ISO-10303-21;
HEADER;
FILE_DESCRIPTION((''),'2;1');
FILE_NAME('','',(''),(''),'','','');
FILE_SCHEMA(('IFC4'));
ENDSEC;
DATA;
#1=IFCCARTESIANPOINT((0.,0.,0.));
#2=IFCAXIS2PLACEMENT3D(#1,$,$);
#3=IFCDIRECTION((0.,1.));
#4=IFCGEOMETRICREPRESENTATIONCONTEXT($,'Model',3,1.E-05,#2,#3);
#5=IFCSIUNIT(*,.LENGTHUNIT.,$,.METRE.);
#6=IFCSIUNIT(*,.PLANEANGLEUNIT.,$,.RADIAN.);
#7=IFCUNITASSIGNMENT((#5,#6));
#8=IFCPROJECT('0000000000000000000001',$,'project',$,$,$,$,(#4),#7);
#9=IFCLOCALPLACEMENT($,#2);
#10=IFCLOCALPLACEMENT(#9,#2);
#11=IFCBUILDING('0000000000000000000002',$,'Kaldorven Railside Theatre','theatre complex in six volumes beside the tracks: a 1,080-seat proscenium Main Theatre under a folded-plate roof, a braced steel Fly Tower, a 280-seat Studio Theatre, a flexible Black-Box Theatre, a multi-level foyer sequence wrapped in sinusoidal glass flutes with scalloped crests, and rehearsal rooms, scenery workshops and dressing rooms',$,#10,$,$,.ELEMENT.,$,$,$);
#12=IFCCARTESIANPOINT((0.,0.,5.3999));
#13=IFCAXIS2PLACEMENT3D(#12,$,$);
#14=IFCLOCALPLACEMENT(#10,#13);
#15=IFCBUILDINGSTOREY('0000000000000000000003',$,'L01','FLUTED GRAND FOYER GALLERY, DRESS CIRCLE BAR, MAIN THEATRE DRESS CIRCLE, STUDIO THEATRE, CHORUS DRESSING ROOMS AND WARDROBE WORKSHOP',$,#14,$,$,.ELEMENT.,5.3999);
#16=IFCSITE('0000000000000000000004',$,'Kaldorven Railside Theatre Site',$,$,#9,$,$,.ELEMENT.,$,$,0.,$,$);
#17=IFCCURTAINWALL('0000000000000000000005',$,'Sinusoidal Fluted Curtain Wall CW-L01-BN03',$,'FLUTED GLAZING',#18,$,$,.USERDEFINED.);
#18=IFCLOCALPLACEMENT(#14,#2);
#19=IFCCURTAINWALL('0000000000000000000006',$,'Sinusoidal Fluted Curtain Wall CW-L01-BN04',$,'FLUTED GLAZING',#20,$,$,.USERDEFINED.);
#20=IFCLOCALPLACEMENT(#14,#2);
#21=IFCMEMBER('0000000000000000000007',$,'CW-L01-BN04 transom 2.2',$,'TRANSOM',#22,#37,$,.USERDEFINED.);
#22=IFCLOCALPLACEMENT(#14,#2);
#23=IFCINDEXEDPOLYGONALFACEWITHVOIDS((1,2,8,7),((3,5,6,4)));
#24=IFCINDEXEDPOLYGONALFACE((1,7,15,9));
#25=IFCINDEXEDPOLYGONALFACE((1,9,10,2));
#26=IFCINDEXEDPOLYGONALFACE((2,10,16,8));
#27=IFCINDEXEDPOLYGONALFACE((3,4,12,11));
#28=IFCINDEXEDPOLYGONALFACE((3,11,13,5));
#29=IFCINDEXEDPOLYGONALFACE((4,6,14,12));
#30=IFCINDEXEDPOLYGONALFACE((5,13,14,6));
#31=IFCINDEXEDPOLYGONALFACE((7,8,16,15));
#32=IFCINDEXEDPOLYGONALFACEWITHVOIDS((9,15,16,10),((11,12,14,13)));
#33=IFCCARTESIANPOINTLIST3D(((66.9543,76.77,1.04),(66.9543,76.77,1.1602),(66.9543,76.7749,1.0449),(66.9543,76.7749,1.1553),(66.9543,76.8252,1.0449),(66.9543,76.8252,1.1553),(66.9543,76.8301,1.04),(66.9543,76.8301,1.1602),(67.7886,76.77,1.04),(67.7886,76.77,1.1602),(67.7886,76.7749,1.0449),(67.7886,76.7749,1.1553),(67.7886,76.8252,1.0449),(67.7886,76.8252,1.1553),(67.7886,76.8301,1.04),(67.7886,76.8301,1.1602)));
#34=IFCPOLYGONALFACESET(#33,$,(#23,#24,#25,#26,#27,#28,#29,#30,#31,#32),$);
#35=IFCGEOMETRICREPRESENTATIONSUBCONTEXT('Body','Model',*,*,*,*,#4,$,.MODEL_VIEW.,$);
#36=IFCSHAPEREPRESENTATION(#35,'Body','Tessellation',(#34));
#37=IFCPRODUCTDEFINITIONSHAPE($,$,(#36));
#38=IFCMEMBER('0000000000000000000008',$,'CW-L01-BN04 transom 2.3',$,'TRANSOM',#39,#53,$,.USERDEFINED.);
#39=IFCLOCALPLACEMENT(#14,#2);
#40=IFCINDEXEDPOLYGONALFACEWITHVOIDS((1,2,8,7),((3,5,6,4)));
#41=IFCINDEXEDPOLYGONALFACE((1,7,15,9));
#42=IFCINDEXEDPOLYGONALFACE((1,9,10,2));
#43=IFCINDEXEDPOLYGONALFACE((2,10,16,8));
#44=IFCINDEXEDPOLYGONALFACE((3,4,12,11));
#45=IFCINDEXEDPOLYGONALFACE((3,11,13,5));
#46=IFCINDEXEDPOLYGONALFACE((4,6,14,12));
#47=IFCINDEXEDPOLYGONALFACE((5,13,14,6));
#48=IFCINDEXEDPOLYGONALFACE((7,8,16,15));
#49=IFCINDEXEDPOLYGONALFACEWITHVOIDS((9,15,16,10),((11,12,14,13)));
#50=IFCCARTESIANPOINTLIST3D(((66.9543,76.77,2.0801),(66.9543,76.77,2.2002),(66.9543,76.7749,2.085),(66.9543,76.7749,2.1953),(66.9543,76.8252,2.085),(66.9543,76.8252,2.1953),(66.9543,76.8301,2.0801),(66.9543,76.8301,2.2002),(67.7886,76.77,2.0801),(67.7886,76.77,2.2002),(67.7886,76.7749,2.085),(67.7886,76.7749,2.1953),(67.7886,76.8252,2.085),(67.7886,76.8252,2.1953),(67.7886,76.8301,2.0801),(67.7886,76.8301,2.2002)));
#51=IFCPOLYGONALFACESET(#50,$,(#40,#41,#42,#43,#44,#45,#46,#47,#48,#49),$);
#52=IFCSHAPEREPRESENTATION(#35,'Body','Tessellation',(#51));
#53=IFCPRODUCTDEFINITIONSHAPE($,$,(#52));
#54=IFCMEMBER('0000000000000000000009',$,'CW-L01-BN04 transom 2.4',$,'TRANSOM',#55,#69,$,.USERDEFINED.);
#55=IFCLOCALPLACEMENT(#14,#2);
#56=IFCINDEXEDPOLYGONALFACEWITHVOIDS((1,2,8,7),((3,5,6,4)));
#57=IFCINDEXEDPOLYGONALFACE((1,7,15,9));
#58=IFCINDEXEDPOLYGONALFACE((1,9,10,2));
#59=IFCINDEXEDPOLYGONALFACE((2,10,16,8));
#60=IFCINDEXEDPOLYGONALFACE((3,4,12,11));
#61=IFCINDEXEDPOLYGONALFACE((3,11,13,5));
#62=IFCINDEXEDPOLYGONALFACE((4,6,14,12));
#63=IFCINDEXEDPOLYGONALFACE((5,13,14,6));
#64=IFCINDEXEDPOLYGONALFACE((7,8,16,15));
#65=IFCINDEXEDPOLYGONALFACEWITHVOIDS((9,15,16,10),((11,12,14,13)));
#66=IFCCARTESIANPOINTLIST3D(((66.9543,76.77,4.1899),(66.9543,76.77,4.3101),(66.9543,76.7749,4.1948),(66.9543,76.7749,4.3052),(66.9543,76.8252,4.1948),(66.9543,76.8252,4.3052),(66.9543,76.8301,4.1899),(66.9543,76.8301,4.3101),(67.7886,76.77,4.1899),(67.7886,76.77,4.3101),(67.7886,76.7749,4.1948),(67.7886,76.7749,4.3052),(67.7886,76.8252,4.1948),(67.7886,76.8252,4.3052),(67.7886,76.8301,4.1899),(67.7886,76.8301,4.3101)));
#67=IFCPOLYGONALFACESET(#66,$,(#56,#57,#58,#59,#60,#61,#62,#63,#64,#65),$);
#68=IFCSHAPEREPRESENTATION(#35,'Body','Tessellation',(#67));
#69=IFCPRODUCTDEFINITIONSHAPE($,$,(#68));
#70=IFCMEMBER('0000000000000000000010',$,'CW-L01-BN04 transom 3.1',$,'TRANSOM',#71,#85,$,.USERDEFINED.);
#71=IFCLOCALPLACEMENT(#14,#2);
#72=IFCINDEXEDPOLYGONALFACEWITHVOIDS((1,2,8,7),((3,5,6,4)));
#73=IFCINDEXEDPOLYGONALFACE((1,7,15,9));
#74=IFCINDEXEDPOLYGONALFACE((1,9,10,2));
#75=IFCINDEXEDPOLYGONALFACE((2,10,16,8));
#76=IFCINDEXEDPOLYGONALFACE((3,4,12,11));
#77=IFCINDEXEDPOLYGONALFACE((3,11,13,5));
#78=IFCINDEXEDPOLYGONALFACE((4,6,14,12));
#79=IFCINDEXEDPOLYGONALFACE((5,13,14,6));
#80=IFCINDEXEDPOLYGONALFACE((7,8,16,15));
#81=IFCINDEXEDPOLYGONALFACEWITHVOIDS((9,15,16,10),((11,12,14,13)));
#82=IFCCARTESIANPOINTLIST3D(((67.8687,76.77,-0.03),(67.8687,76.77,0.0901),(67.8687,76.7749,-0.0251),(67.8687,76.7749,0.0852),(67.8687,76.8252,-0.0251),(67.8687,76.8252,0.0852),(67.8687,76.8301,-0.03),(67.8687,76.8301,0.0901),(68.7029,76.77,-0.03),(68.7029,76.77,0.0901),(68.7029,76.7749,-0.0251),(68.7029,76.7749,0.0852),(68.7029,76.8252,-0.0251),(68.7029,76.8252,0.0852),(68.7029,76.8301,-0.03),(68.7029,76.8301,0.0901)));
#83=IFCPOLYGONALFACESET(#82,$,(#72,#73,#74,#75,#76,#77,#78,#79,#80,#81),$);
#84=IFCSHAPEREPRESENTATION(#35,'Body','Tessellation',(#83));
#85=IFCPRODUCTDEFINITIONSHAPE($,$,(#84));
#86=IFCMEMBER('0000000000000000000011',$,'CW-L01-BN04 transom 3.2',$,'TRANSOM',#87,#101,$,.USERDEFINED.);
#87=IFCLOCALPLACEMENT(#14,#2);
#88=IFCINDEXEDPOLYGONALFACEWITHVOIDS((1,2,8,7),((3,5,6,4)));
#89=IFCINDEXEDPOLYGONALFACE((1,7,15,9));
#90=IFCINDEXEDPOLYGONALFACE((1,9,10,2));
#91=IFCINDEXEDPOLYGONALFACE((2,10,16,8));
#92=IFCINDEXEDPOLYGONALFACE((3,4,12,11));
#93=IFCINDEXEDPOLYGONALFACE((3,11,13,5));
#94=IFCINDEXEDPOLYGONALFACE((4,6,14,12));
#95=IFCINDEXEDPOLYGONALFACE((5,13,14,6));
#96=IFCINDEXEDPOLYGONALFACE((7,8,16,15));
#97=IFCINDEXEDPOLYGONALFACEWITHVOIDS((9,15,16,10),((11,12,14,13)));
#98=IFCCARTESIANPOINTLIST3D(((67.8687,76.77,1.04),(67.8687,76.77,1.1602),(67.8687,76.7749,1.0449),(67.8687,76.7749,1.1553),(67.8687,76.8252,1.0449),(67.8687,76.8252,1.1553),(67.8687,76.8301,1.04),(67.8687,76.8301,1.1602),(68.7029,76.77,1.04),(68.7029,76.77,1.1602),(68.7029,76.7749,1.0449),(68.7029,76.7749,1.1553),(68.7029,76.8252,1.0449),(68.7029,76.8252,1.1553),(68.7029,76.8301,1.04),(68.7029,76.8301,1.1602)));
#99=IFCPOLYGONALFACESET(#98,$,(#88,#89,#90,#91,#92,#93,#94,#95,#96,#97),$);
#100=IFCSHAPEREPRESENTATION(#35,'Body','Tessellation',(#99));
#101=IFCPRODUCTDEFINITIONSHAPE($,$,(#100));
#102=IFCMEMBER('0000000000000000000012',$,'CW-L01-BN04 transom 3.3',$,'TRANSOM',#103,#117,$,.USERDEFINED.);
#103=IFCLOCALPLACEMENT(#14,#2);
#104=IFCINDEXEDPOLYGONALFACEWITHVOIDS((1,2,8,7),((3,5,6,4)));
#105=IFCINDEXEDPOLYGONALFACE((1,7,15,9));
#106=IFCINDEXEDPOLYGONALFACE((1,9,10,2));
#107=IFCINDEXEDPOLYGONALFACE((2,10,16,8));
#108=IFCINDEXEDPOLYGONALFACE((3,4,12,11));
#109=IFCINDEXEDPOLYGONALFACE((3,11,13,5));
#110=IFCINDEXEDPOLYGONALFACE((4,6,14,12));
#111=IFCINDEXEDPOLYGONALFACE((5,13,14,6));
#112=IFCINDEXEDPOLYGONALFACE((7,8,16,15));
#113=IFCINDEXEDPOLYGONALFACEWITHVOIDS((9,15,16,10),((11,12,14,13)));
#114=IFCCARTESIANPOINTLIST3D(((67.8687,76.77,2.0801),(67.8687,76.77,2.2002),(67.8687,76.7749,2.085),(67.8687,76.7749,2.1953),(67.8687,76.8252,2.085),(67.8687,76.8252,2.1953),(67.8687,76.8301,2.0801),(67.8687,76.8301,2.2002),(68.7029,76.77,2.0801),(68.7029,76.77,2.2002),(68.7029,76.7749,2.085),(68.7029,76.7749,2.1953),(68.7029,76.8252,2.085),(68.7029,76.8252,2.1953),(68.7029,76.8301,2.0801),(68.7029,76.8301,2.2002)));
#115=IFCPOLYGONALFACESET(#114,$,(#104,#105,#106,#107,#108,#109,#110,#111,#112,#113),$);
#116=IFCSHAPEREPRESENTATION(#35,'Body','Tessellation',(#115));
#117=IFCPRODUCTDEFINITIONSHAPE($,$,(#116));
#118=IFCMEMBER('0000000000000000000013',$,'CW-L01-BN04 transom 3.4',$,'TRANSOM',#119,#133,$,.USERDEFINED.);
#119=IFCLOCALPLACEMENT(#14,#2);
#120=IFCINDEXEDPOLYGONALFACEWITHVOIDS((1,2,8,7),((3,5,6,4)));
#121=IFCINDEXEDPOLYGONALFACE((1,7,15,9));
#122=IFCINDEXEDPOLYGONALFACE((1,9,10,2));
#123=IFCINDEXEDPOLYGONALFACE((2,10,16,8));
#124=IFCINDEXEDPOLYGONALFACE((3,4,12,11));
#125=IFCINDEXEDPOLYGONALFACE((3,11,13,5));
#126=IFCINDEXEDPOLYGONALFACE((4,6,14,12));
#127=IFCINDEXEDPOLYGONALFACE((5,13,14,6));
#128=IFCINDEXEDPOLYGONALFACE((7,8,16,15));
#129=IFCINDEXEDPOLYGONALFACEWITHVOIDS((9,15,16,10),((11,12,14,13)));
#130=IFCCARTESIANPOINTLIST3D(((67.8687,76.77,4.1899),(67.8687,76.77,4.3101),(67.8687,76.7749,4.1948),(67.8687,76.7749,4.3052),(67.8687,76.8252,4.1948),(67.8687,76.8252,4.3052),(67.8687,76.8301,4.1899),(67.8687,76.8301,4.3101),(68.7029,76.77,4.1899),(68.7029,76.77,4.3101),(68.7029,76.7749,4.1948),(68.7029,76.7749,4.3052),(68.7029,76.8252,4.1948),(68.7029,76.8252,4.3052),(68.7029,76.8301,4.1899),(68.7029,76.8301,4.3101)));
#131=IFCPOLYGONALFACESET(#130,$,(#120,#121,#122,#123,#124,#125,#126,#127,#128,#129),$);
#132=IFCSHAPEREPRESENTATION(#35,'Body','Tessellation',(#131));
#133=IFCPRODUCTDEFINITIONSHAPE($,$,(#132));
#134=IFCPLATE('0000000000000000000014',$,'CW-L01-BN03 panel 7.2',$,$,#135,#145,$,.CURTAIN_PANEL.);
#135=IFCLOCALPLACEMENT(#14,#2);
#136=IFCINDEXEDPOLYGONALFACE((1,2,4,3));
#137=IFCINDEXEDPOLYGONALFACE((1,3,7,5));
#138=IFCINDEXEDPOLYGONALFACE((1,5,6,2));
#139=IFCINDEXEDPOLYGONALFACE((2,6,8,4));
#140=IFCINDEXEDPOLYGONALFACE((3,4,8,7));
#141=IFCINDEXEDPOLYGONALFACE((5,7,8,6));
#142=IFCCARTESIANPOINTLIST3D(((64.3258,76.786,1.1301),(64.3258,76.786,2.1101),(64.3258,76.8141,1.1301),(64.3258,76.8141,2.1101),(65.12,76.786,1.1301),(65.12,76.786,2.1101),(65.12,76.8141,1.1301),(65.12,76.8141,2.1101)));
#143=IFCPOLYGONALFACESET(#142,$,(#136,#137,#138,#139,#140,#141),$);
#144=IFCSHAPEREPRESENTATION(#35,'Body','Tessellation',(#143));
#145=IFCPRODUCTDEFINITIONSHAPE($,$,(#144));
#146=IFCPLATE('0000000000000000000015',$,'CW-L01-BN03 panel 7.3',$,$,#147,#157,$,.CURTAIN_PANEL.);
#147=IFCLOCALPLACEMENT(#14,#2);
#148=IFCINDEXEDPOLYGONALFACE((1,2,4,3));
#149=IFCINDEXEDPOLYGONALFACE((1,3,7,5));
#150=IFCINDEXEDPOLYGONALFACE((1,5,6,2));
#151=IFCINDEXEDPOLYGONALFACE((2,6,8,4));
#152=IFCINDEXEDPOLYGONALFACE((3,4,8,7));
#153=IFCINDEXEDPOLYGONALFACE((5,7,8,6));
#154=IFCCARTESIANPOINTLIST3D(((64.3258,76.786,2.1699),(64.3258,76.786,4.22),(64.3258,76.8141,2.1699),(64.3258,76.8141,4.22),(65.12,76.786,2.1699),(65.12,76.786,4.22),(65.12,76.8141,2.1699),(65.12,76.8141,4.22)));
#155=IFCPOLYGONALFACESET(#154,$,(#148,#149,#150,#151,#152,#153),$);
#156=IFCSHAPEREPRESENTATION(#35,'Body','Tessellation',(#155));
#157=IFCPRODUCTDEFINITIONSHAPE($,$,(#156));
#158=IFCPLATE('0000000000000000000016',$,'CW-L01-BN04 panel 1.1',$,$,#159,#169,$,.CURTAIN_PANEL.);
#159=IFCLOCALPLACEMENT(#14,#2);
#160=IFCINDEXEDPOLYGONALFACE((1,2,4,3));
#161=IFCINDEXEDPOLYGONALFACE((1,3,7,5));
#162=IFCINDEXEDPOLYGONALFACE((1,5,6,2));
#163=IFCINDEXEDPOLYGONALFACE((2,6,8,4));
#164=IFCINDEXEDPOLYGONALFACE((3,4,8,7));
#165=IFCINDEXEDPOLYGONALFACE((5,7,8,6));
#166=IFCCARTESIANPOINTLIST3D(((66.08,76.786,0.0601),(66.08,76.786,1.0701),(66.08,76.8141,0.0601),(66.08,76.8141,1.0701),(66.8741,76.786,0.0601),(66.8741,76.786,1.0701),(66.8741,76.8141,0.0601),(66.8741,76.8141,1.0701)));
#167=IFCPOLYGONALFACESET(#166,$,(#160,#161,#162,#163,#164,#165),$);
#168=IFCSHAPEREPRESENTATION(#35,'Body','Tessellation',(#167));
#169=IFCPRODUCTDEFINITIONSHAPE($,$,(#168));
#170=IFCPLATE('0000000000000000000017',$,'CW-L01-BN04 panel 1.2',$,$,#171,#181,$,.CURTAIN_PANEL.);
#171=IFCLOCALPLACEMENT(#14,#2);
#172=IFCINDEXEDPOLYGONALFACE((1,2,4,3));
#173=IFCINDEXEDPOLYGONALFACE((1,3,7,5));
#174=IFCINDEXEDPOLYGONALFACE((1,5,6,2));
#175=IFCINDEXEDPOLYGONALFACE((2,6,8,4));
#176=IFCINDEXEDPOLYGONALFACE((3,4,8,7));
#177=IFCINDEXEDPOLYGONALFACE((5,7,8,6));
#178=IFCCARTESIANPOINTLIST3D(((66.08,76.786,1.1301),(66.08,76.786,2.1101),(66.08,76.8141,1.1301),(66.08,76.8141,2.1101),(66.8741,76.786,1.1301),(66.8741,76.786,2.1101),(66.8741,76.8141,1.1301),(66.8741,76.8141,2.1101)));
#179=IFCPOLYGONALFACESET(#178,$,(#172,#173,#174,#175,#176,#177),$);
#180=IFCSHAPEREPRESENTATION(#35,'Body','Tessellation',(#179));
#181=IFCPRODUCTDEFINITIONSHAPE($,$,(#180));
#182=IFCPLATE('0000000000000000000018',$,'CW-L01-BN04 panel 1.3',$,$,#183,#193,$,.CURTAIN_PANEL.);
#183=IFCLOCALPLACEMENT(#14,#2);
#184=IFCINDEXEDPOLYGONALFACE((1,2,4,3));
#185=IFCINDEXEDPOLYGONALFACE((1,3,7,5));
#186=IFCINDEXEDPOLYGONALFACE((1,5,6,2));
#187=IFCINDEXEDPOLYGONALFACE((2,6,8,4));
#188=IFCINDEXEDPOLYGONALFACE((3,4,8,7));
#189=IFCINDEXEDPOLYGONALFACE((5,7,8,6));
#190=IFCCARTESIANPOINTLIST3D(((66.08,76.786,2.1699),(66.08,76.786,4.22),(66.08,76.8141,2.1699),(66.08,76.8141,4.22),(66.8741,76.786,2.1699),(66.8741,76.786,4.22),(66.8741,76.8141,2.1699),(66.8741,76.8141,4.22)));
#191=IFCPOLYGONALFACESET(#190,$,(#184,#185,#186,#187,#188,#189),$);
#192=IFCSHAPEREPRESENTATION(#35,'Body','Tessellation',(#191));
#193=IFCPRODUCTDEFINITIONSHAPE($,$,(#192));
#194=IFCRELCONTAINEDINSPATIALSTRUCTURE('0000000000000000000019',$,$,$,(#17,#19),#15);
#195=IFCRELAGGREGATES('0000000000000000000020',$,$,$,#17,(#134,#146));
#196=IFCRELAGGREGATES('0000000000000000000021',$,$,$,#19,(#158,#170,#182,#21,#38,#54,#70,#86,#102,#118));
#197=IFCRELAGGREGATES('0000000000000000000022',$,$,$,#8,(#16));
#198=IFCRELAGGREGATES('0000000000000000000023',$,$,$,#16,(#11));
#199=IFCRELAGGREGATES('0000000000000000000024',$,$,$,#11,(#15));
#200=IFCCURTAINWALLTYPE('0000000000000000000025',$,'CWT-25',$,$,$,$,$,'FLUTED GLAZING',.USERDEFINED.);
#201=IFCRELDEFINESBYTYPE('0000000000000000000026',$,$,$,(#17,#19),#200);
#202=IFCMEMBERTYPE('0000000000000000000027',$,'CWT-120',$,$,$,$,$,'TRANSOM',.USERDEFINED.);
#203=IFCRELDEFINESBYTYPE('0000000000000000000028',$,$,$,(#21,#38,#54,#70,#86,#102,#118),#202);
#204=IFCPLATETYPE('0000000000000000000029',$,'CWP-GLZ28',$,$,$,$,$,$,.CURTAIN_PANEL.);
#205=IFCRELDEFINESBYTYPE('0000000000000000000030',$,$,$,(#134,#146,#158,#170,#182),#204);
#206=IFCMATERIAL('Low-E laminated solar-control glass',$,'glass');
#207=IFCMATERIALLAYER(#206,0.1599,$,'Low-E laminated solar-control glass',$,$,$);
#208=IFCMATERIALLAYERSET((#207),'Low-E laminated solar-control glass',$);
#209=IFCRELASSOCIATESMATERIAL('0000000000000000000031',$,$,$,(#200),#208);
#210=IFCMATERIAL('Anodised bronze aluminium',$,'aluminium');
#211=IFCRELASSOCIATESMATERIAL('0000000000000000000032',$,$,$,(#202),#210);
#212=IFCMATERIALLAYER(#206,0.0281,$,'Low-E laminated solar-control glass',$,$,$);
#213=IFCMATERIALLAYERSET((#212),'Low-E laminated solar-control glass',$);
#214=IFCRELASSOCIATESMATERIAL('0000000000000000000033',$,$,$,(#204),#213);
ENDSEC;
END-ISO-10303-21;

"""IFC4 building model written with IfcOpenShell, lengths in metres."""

from ifc_helpers import new_model, si_unit, direction, frame, origin, origin_2d, place, context, subcontext, project, spatial, rectangle, hollow_rectangle, extrude, material, layer, layer_set, material_profile, profile_set, type_object, element, aggregate, save


model = new_model("IFC4")

# Units and contexts
model_context = context("Model", 3, precision=1e-05, world=origin(), true_north=direction((0.0, 1.0)))
body_context = subcontext(model_context, "Body", "Model", "MODEL_VIEW")
ifc_project = project(units=[si_unit("LENGTHUNIT", "METRE"), si_unit("PLANEANGLEUNIT", "RADIAN")], contexts=[model_context])

# Site, building, storey
site_placement = place(None, origin())
site = spatial("IfcSite", under=ifc_project, at=site_placement, Name="Kaldorven Railside Theatre Site", CompositionType="ELEMENT", RefElevation=0.0)
building_placement = place(site_placement, origin())
building = spatial("IfcBuilding", under=site, at=building_placement, Name="Kaldorven Railside Theatre", Description="theatre complex in six volumes beside the tracks: a 1,080-seat proscenium Main Theatre under a folded-plate roof, a braced steel Fly Tower, a 280-seat Studio Theatre, a flexible Black-Box Theatre, a multi-level foyer sequence wrapped in sinusoidal glass flutes with scalloped crests, and rehearsal rooms, scenery workshops and dressing rooms", CompositionType="ELEMENT")
storey_placement = place(building_placement, frame((0.0, 0.0, 5.3999)))
storey = spatial("IfcBuildingStorey", under=building, at=storey_placement, Name="L01", Description="FLUTED GRAND FOYER GALLERY, DRESS CIRCLE BAR, MAIN THEATRE DRESS CIRCLE, STUDIO THEATRE, CHORUS DRESSING ROOMS AND WARDROBE WORKSHOP", CompositionType="ELEMENT", Elevation=5.3999)

# Curtain wall
ifc_material_1 = material(Name="Low-E laminated solar-control glass", Category="glass")
ifc_layer_1 = layer(ifc_material_1, 0.1599, Name="Low-E laminated solar-control glass")
ifc_layer_set_1 = layer_set([ifc_layer_1], Name="Low-E laminated solar-control glass")
curtain_wall_type = type_object("IfcCurtainWallType", Name="CWT-25", ElementType="FLUTED GLAZING", PredefinedType="USERDEFINED", material=ifc_layer_set_1)
curtain_wall_1_placement = place(storey_placement, origin())
curtain_wall_1 = element("IfcCurtainWall", 1, at=curtain_wall_1_placement, inside=storey, type_object=curtain_wall_type, Name="Sinusoidal Fluted Curtain Wall CW-L01-BN03", ObjectType="FLUTED GLAZING", PredefinedType="USERDEFINED")
ifc_material_2 = material(Name="Anodised bronze aluminium", Category="aluminium")

# Curtain wall, members
curtain_wall_2_placement = place(storey_placement, origin())
curtain_wall_2 = element("IfcCurtainWall", 2, at=curtain_wall_2_placement, inside=storey, type_object=curtain_wall_type, Name="Sinusoidal Fluted Curtain Wall CW-L01-BN04", ObjectType="FLUTED GLAZING", PredefinedType="USERDEFINED")
ifc_material_profile_1 = material_profile(ifc_material_2, hollow_rectangle(XDim=0.0601, YDim=0.1201, WallThickness=0.0049, at=origin_2d()), Name="RHS 120x60x5")
ifc_profile_set_1 = profile_set([ifc_material_profile_1], Name="Anodised bronze aluminium")
member_type_1 = type_object("IfcMemberType", Name="CWT-120", ElementType="TRANSOM", PredefinedType="USERDEFINED", material=ifc_profile_set_1)
member_1_placement = place(storey_placement, frame((66.9543, 76.8, 1.1001), z_axis=(1.0, 0.0, 0.0), x_axis=(0.0, 1.0, 0.0)))
member_1 = element("IfcMember", 3, at=member_1_placement, type_object=member_type_1, Name="CW-L01-BN04 transom 2.2", ObjectType="TRANSOM", PredefinedType="USERDEFINED", context=body_context, shape_type="SweptSolid", body=[
    extrude(hollow_rectangle(XDim=0.0601, YDim=0.1201, WallThickness=0.0049, at=origin_2d()), origin(), (0.0, 0.0, 1.0), 0.8342),
])
member_2_placement = place(storey_placement, frame((66.9543, 76.8, 2.1401), z_axis=(1.0, 0.0, 0.0), x_axis=(0.0, 1.0, 0.0)))
member_2 = element("IfcMember", 4, at=member_2_placement, type_object=member_type_1, Name="CW-L01-BN04 transom 2.3", ObjectType="TRANSOM", PredefinedType="USERDEFINED", context=body_context, shape_type="SweptSolid", body=[
    extrude(hollow_rectangle(XDim=0.0601, YDim=0.1201, WallThickness=0.0049, at=origin_2d()), origin(), (0.0, 0.0, 1.0), 0.8342),
])
member_3_placement = place(storey_placement, frame((66.9543, 76.8, 4.25), z_axis=(1.0, 0.0, 0.0), x_axis=(0.0, 1.0, 0.0)))
member_3 = element("IfcMember", 5, at=member_3_placement, type_object=member_type_1, Name="CW-L01-BN04 transom 2.4", ObjectType="TRANSOM", PredefinedType="USERDEFINED", context=body_context, shape_type="SweptSolid", body=[
    extrude(hollow_rectangle(XDim=0.0601, YDim=0.1201, WallThickness=0.0049, at=origin_2d()), origin(), (0.0, 0.0, 1.0), 0.8342),
])
member_4_placement = place(storey_placement, frame((67.8687, 76.8, 0.03), z_axis=(1.0, 0.0, 0.0), x_axis=(0.0, 1.0, 0.0)))
member_4 = element("IfcMember", 6, at=member_4_placement, type_object=member_type_1, Name="CW-L01-BN04 transom 3.1", ObjectType="TRANSOM", PredefinedType="USERDEFINED", context=body_context, shape_type="SweptSolid", body=[
    extrude(hollow_rectangle(XDim=0.0601, YDim=0.1201, WallThickness=0.0049, at=origin_2d()), origin(), (0.0, 0.0, 1.0), 0.8342),
])
member_5_placement = place(storey_placement, frame((67.8687, 76.8, 1.1001), z_axis=(1.0, 0.0, 0.0), x_axis=(0.0, 1.0, 0.0)))
member_5 = element("IfcMember", 7, at=member_5_placement, type_object=member_type_1, Name="CW-L01-BN04 transom 3.2", ObjectType="TRANSOM", PredefinedType="USERDEFINED", context=body_context, shape_type="SweptSolid", body=[
    extrude(hollow_rectangle(XDim=0.0601, YDim=0.1201, WallThickness=0.0049, at=origin_2d()), origin(), (0.0, 0.0, 1.0), 0.8342),
])
member_6_placement = place(storey_placement, frame((67.8687, 76.8, 2.1401), z_axis=(1.0, 0.0, 0.0), x_axis=(0.0, 1.0, 0.0)))
member_6 = element("IfcMember", 8, at=member_6_placement, type_object=member_type_1, Name="CW-L01-BN04 transom 3.3", ObjectType="TRANSOM", PredefinedType="USERDEFINED", context=body_context, shape_type="SweptSolid", body=[
    extrude(hollow_rectangle(XDim=0.0601, YDim=0.1201, WallThickness=0.0049, at=origin_2d()), origin(), (0.0, 0.0, 1.0), 0.8342),
])
member_7_placement = place(storey_placement, frame((67.8687, 76.8, 4.25), z_axis=(1.0, 0.0, 0.0), x_axis=(0.0, 1.0, 0.0)))
member_7 = element("IfcMember", 9, at=member_7_placement, type_object=member_type_1, Name="CW-L01-BN04 transom 3.4", ObjectType="TRANSOM", PredefinedType="USERDEFINED", context=body_context, shape_type="SweptSolid", body=[
    extrude(hollow_rectangle(XDim=0.0601, YDim=0.1201, WallThickness=0.0049, at=origin_2d()), origin(), (0.0, 0.0, 1.0), 0.8342),
])

# Plates
ifc_layer_2 = layer(ifc_material_1, 0.0281, Name="Low-E laminated solar-control glass")
ifc_layer_set_2 = layer_set([ifc_layer_2], Name="Low-E laminated solar-control glass")
plate_type = type_object("IfcPlateType", Name="CWP-GLZ28", PredefinedType="CURTAIN_PANEL", material=ifc_layer_set_2)
plate_1_placement = place(storey_placement, frame((64.7229, 76.8, 1.1301), z_axis=(0.0, 0.0, 1.0), x_axis=(1.0, 0.0, 0.0)))
plate_1 = element("IfcPlate", 10, at=plate_1_placement, type_object=plate_type, Name="CW-L01-BN03 panel 7.2", PredefinedType="CURTAIN_PANEL", context=body_context, shape_type="SweptSolid", body=[
    extrude(rectangle(XDim=0.7942, YDim=0.0281, at=origin_2d()), origin(), (0.0, 0.0, 1.0), 0.98),
])
plate_2_placement = place(storey_placement, frame((64.7229, 76.8, 2.1699), z_axis=(0.0, 0.0, 1.0), x_axis=(1.0, 0.0, 0.0)))
plate_2 = element("IfcPlate", 11, at=plate_2_placement, type_object=plate_type, Name="CW-L01-BN03 panel 7.3", PredefinedType="CURTAIN_PANEL", context=body_context, shape_type="SweptSolid", body=[
    extrude(rectangle(XDim=0.7942, YDim=0.0281, at=origin_2d()), origin(), (0.0, 0.0, 1.0), 2.05),
])
aggregate(curtain_wall_1, [plate_1, plate_2])
plate_3_placement = place(storey_placement, frame((66.4771, 76.8, 0.0601), z_axis=(0.0, 0.0, 1.0), x_axis=(1.0, 0.0, 0.0)))
plate_3 = element("IfcPlate", 12, at=plate_3_placement, type_object=plate_type, Name="CW-L01-BN04 panel 1.1", PredefinedType="CURTAIN_PANEL", context=body_context, shape_type="SweptSolid", body=[
    extrude(rectangle(XDim=0.7942, YDim=0.0281, at=origin_2d()), origin(), (0.0, 0.0, 1.0), 1.01),
])
plate_4_placement = place(storey_placement, frame((66.4771, 76.8, 1.1301), z_axis=(0.0, 0.0, 1.0), x_axis=(1.0, 0.0, 0.0)))
plate_4 = element("IfcPlate", 13, at=plate_4_placement, type_object=plate_type, Name="CW-L01-BN04 panel 1.2", PredefinedType="CURTAIN_PANEL", context=body_context, shape_type="SweptSolid", body=[
    extrude(rectangle(XDim=0.7942, YDim=0.0281, at=origin_2d()), origin(), (0.0, 0.0, 1.0), 0.98),
])
plate_5_placement = place(storey_placement, frame((66.4771, 76.8, 2.1699), z_axis=(0.0, 0.0, 1.0), x_axis=(1.0, 0.0, 0.0)))
plate_5 = element("IfcPlate", 14, at=plate_5_placement, type_object=plate_type, Name="CW-L01-BN04 panel 1.3", PredefinedType="CURTAIN_PANEL", context=body_context, shape_type="SweptSolid", body=[
    extrude(rectangle(XDim=0.7942, YDim=0.0281, at=origin_2d()), origin(), (0.0, 0.0, 1.0), 2.05),
])
aggregate(curtain_wall_2, [plate_3, plate_4, plate_5, member_1, member_2, member_3, member_4, member_5, member_6, member_7])

save(model, "model.ifc")
